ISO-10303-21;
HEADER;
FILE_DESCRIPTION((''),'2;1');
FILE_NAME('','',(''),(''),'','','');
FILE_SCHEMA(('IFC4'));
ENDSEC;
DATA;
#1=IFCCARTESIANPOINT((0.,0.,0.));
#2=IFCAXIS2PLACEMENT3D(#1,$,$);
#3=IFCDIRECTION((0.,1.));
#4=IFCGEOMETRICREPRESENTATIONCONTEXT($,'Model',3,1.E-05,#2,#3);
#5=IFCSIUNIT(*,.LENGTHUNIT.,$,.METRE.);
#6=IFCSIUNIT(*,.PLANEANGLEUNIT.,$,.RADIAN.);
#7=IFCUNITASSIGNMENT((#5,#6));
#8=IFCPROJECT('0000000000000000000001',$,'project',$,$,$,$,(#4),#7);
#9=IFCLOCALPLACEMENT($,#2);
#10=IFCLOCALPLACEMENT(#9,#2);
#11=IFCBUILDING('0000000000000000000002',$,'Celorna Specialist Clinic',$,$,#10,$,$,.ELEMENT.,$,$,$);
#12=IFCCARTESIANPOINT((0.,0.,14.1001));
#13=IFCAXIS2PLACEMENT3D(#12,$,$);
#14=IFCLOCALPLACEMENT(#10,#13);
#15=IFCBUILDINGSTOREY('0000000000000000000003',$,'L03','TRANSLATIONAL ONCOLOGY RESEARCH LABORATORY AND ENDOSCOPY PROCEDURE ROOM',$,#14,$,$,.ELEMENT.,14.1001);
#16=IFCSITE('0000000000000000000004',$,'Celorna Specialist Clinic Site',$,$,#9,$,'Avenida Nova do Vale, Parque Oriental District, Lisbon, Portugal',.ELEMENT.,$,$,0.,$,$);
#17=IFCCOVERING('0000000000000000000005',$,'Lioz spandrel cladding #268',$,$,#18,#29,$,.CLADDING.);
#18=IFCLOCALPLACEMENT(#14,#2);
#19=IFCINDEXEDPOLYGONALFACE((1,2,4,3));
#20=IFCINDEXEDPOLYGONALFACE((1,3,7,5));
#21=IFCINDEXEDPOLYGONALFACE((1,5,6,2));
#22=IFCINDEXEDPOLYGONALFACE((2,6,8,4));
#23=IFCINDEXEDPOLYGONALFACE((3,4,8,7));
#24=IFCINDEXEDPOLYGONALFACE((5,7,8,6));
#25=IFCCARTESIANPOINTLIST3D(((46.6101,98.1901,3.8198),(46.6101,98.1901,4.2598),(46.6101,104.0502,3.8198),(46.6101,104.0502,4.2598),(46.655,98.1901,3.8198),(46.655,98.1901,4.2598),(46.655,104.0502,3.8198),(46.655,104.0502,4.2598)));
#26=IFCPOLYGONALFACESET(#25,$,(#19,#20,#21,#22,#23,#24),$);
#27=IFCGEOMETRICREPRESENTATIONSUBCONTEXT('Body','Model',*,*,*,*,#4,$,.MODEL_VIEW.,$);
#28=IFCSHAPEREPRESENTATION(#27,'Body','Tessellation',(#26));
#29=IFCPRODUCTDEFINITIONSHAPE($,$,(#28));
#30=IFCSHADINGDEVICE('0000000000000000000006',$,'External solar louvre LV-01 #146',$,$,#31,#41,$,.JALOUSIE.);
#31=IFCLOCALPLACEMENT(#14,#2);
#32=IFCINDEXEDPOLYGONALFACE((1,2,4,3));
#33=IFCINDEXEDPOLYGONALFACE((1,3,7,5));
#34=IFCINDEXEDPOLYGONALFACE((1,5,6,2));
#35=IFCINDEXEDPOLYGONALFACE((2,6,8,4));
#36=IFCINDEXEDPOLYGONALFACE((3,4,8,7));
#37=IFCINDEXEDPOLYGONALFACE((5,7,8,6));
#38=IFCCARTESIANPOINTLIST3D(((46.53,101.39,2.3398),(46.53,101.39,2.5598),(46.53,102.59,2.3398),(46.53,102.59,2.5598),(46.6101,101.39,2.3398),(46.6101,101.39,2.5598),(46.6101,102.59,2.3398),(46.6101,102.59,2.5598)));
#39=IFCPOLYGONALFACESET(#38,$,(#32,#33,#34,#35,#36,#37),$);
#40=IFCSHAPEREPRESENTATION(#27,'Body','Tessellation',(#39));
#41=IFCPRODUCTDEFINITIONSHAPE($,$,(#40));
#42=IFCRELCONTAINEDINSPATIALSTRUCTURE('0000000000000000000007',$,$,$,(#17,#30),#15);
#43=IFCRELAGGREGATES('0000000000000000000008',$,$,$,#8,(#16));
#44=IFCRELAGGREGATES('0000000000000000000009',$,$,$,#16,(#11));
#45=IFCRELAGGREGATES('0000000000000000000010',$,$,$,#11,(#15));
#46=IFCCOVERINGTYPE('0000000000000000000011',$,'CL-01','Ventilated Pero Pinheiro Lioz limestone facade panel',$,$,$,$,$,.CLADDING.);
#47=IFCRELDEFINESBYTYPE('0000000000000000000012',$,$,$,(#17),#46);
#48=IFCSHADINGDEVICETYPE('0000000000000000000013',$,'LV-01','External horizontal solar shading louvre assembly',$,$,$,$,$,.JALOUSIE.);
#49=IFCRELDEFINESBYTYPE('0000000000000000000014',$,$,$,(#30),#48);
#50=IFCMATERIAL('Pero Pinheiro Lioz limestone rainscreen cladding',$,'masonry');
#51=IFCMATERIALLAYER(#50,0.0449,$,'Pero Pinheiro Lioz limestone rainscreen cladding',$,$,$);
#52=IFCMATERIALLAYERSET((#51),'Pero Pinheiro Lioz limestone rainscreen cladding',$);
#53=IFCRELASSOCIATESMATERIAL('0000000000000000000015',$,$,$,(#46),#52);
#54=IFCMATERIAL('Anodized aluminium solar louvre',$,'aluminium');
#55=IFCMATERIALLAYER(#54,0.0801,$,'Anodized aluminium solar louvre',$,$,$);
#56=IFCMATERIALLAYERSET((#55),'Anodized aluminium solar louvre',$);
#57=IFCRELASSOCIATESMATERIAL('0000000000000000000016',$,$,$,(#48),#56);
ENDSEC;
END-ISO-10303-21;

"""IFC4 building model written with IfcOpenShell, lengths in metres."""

from ifc_helpers import new_model, si_unit, direction, frame, origin, origin_2d, place, context, subcontext, project, spatial, rectangle, extrude, material, layer, layer_set, type_object, element, save


model = new_model("IFC4")

# Units and contexts
model_context = context("Model", 3, precision=1e-05, world=origin(), true_north=direction((0.0, 1.0)))
body_context = subcontext(model_context, "Body", "Model", "MODEL_VIEW")
ifc_project = project(units=[si_unit("LENGTHUNIT", "METRE"), si_unit("PLANEANGLEUNIT", "RADIAN")], contexts=[model_context])

# Site, building, storey
site_placement = place(None, origin())
site = spatial("IfcSite", under=ifc_project, at=site_placement, Name="Celorna Specialist Clinic Site", LongName="Avenida Nova do Vale, Parque Oriental District, Lisbon, Portugal", CompositionType="ELEMENT", RefElevation=0.0)
building_placement = place(site_placement, origin())
building = spatial("IfcBuilding", under=site, at=building_placement, Name="Celorna Specialist Clinic", CompositionType="ELEMENT")
storey_placement = place(building_placement, frame((0.0, 0.0, 14.1001)))
storey = spatial("IfcBuildingStorey", under=building, at=storey_placement, Name="L03", Description="TRANSLATIONAL ONCOLOGY RESEARCH LABORATORY AND ENDOSCOPY PROCEDURE ROOM", CompositionType="ELEMENT", Elevation=14.1001)

# Covering
ifc_material_1 = material(Name="Pero Pinheiro Lioz limestone rainscreen cladding", Category="masonry")
ifc_layer_1 = layer(ifc_material_1, 0.0449, Name="Pero Pinheiro Lioz limestone rainscreen cladding")
ifc_layer_set_1 = layer_set([ifc_layer_1], Name="Pero Pinheiro Lioz limestone rainscreen cladding")
covering_type = type_object("IfcCoveringType", Name="CL-01", Description="Ventilated Pero Pinheiro Lioz limestone facade panel", PredefinedType="CLADDING", material=ifc_layer_set_1)
covering_placement = place(storey_placement, frame((46.6326, 101.1201, 3.8198), z_axis=(0.0, 0.0, 1.0), x_axis=(0.0, 1.0, 0.0)))
element("IfcCovering", 1, at=covering_placement, inside=storey, type_object=covering_type, Name="Lioz spandrel cladding #268", PredefinedType="CLADDING", context=body_context, shape_type="SweptSolid", body=[
    extrude(rectangle(XDim=5.8601, YDim=0.0449, at=origin_2d()), origin(), (0.0, 0.0, 1.0), 0.4399),
])

# Shading device
ifc_material_2 = material(Name="Anodized aluminium solar louvre", Category="aluminium")
ifc_layer_2 = layer(ifc_material_2, 0.0801, Name="Anodized aluminium solar louvre")
ifc_layer_set_2 = layer_set([ifc_layer_2], Name="Anodized aluminium solar louvre")
shading_device_type = type_object("IfcShadingDeviceType", Name="LV-01", Description="External horizontal solar shading louvre assembly", PredefinedType="JALOUSIE", material=ifc_layer_set_2)
shading_device_placement = place(storey_placement, frame((46.5701, 101.99, 2.3398), z_axis=(0.0, 0.0, 1.0), x_axis=(0.0, 1.0, 0.0)))
element("IfcShadingDevice", 2, at=shading_device_placement, inside=storey, type_object=shading_device_type, Name="External solar louvre LV-01 #146", PredefinedType="JALOUSIE", context=body_context, shape_type="SweptSolid", body=[
    extrude(rectangle(XDim=1.2, YDim=0.0801, at=origin_2d()), origin(), (0.0, 0.0, 1.0), 0.22),
])

save(model, "model.ifc")
